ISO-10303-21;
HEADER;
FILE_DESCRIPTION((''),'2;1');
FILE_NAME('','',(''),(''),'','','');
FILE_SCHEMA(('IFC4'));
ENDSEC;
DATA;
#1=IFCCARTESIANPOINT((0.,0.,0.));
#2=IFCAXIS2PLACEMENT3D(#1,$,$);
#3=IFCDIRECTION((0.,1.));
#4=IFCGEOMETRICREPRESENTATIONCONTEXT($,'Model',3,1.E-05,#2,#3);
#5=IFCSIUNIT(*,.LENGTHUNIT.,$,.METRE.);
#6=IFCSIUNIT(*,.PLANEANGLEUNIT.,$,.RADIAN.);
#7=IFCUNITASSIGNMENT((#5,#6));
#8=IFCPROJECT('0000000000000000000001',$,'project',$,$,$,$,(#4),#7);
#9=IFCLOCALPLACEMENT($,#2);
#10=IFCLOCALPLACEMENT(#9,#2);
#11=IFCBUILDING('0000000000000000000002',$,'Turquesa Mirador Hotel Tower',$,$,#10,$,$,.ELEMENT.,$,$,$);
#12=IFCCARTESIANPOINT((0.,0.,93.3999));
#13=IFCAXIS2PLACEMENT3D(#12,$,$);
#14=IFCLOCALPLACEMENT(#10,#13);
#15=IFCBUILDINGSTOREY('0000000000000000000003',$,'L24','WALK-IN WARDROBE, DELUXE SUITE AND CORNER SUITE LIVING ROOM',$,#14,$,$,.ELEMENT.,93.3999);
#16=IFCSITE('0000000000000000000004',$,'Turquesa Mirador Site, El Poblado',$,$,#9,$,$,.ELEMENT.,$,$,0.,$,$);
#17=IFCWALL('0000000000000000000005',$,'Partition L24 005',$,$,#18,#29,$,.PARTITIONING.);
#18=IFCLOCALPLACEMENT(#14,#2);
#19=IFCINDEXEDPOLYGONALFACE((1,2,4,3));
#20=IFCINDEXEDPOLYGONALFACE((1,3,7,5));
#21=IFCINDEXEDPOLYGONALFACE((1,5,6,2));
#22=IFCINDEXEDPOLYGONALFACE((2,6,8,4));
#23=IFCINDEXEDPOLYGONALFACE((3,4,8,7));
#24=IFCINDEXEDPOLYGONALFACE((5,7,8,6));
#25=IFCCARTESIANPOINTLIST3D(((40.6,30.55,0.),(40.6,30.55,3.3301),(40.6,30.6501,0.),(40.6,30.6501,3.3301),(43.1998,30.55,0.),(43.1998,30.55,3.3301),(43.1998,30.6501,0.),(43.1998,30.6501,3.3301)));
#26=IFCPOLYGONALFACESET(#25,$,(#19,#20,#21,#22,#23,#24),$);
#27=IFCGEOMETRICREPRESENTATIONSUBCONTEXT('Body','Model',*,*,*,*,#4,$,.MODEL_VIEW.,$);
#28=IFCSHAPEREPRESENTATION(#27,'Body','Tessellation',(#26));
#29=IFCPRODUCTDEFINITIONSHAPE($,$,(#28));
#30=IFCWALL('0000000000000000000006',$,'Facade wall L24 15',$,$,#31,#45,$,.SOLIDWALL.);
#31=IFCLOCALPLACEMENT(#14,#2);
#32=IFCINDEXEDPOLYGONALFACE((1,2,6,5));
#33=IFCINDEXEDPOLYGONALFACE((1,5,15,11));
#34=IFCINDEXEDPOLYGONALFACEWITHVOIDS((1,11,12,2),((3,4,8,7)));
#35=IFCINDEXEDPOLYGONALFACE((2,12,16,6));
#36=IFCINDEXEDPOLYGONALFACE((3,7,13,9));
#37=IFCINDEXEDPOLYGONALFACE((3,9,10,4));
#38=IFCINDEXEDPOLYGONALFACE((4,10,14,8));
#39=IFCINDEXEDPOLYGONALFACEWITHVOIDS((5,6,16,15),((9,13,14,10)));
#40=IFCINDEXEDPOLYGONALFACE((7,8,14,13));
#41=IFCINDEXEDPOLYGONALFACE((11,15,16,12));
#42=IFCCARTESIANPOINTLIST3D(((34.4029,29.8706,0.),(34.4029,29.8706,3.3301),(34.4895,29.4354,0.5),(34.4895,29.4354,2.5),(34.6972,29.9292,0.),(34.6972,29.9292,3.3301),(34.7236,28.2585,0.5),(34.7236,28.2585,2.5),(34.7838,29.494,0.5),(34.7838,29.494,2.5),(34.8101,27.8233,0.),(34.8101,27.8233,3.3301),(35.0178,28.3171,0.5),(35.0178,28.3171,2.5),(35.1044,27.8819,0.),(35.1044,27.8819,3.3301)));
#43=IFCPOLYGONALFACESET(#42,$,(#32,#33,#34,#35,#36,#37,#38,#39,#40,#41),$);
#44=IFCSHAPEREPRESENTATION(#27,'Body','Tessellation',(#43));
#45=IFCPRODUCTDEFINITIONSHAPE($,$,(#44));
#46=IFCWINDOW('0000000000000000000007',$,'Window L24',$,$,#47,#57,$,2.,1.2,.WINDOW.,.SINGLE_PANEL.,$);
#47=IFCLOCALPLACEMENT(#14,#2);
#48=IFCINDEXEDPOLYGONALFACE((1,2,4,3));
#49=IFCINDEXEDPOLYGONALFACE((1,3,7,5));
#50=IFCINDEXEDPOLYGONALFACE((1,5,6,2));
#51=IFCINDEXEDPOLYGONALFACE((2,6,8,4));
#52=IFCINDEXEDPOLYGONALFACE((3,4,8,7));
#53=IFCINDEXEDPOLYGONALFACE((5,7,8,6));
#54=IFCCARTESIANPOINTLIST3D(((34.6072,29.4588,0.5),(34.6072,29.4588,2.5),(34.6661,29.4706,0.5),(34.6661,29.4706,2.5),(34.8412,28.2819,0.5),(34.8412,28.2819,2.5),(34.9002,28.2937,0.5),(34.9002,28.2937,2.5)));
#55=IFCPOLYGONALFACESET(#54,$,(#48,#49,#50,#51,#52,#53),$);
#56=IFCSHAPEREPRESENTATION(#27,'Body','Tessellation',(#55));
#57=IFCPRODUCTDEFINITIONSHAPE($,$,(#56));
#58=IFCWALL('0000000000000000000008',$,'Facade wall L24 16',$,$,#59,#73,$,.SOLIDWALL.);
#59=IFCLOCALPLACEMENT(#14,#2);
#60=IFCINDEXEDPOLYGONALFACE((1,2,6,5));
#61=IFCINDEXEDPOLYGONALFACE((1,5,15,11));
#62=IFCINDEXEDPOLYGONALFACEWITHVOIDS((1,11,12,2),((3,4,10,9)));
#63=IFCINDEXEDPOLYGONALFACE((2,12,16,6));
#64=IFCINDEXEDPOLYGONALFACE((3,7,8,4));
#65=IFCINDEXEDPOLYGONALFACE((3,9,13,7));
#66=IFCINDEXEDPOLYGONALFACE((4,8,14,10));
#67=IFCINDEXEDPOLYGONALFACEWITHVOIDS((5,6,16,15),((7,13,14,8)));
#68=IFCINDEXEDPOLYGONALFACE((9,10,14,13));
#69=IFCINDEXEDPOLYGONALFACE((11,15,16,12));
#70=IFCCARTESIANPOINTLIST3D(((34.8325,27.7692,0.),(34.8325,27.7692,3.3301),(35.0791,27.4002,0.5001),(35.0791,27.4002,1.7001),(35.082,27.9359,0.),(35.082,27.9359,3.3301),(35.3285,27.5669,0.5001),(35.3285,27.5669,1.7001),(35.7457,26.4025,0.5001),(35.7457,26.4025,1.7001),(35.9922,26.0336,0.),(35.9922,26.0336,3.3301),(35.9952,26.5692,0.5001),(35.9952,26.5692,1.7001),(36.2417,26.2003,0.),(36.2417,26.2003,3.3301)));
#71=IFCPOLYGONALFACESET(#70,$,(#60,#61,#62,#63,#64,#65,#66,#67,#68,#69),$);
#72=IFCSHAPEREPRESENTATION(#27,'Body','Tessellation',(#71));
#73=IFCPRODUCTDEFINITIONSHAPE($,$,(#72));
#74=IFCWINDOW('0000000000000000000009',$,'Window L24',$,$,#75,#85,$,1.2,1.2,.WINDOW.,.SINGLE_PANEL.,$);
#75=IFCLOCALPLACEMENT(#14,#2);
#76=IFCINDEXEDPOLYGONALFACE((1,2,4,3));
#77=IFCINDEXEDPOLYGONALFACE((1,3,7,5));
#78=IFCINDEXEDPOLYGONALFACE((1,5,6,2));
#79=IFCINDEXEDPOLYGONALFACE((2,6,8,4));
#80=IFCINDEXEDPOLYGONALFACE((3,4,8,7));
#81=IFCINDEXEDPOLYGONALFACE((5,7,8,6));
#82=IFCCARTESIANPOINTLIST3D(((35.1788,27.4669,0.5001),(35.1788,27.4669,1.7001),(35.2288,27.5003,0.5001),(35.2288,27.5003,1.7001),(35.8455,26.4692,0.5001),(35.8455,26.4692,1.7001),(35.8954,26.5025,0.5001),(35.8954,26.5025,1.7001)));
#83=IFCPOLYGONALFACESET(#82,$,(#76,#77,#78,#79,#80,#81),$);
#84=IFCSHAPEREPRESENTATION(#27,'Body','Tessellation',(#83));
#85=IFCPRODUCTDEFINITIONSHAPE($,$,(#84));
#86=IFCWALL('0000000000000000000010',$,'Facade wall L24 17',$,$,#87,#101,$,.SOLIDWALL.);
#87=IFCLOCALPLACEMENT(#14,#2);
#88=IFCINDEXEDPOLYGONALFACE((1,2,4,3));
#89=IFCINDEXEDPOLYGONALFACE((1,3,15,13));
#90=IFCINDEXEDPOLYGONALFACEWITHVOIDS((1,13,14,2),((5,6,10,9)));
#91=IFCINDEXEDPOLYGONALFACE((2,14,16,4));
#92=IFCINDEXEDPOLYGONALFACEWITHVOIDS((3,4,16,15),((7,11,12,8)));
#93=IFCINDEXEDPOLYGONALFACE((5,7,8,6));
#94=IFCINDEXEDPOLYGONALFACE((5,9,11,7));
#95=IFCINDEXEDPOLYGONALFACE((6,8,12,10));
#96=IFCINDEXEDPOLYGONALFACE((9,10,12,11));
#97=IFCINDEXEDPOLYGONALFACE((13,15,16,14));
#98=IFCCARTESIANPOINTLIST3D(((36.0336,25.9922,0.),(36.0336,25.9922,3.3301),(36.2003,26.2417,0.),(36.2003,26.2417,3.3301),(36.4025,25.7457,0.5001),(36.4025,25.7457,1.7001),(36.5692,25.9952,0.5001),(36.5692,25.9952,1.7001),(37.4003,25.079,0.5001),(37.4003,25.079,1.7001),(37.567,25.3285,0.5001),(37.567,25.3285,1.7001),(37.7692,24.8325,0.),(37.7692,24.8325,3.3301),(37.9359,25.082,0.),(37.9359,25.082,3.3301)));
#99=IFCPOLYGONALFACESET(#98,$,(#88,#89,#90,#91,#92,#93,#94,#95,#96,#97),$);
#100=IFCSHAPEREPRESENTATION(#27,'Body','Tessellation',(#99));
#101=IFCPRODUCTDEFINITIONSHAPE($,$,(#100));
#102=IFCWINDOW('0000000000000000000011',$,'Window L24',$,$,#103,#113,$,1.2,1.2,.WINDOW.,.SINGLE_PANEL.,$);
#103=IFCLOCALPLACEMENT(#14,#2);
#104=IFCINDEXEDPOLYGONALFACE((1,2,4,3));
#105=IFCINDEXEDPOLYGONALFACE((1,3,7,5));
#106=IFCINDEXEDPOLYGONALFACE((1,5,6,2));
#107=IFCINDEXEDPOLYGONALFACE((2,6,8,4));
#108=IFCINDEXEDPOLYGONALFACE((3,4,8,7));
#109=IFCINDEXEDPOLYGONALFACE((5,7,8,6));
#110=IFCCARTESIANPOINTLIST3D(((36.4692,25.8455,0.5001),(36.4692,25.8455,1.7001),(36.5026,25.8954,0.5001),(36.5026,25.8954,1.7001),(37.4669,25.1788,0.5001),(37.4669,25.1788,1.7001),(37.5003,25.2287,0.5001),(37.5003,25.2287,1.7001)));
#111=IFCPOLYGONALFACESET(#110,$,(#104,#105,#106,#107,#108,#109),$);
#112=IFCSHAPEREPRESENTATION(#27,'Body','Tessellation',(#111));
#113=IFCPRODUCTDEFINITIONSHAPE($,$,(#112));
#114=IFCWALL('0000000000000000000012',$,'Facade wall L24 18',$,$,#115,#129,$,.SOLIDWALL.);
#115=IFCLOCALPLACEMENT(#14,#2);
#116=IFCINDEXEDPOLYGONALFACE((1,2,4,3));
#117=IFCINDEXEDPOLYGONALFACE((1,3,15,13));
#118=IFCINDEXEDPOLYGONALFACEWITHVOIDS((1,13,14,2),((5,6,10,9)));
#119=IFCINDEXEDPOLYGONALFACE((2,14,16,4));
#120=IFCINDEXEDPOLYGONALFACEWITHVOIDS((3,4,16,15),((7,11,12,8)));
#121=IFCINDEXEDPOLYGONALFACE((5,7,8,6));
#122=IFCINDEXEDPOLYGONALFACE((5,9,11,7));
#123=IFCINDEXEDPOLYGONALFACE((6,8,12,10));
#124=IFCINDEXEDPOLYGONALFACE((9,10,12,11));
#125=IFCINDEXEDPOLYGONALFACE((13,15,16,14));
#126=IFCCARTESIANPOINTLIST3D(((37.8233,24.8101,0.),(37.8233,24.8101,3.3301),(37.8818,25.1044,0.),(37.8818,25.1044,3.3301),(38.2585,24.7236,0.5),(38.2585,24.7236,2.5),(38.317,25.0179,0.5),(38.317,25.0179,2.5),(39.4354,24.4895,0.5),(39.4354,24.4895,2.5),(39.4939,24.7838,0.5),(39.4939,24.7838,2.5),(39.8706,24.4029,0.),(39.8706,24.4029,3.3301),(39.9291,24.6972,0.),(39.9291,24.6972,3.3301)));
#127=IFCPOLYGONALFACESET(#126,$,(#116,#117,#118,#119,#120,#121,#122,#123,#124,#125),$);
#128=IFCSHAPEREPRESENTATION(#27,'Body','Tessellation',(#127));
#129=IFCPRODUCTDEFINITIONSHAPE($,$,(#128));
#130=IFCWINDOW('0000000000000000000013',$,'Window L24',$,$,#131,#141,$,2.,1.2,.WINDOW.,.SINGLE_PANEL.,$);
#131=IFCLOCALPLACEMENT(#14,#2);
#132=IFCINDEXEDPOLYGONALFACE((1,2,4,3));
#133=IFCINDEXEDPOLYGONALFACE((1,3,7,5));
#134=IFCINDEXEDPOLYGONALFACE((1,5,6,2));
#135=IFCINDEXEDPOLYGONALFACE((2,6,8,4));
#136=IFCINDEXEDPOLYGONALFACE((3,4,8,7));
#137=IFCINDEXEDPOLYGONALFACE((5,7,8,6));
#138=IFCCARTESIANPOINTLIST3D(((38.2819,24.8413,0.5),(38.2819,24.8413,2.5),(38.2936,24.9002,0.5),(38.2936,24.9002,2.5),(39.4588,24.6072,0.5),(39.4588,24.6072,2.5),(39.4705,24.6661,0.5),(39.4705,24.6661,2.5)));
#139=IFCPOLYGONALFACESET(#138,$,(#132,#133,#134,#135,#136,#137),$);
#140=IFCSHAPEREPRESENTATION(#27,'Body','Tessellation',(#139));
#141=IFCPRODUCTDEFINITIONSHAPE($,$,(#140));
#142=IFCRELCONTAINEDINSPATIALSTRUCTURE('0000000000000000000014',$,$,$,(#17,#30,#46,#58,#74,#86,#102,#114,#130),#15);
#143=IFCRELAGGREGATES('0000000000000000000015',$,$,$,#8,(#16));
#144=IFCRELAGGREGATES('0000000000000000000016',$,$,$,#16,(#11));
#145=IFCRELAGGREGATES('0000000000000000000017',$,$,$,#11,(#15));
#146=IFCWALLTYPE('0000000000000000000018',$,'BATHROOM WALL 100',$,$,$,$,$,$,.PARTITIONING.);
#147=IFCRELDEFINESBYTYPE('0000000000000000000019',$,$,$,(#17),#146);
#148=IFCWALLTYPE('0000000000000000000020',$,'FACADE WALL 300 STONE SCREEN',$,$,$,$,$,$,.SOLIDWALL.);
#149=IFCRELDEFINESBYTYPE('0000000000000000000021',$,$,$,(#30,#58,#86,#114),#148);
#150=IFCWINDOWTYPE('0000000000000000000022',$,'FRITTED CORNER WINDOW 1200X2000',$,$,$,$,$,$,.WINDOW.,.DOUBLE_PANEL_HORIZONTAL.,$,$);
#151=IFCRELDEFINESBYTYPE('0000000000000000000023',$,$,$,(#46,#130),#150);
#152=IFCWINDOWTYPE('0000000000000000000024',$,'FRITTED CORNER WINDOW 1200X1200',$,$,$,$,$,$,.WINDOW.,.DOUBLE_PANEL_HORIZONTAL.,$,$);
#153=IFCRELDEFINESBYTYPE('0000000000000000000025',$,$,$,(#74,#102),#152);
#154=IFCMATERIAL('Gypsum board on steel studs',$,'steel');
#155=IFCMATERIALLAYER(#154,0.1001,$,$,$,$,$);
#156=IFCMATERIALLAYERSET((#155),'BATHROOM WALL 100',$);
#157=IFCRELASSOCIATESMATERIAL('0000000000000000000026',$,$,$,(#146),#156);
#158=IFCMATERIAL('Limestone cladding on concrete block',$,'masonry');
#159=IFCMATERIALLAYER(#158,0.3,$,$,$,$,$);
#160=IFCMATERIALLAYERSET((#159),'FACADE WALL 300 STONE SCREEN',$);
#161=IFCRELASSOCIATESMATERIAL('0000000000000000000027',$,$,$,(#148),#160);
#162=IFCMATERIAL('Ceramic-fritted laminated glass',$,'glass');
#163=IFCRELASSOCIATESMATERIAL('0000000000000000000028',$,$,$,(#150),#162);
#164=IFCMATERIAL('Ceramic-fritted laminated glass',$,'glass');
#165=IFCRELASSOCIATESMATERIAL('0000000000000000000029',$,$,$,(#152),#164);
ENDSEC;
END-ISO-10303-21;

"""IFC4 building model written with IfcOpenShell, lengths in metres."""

from ifc_helpers import new_model, si_unit, direction, frame, frame_2d, origin, place, context, subcontext, project, spatial, rectangle, extrude, material, layer, layer_set, type_object, element, fill, save


model = new_model("IFC4")

# Units and contexts
model_context = context("Model", 3, precision=1e-05, world=origin(), true_north=direction((0.0, 1.0)))
body_context = subcontext(model_context, "Body", "Model", "MODEL_VIEW")
ifc_project = project(units=[si_unit("LENGTHUNIT", "METRE"), si_unit("PLANEANGLEUNIT", "RADIAN")], contexts=[model_context])

# Site, building, storey
site_placement = place(None, origin())
site = spatial("IfcSite", under=ifc_project, at=site_placement, Name="Turquesa Mirador Site, El Poblado", CompositionType="ELEMENT", RefElevation=0.0)
building_placement = place(site_placement, origin())
building = spatial("IfcBuilding", under=site, at=building_placement, Name="Turquesa Mirador Hotel Tower", CompositionType="ELEMENT")
storey_placement = place(building_placement, frame((0.0, 0.0, 93.3999)))
storey = spatial("IfcBuildingStorey", under=building, at=storey_placement, Name="L24", Description="WALK-IN WARDROBE, DELUXE SUITE AND CORNER SUITE LIVING ROOM", CompositionType="ELEMENT", Elevation=93.3999)

# Wall
ifc_material_1 = material(Name="Gypsum board on steel studs", Category="steel")
ifc_layer_1 = layer(ifc_material_1, 0.1001)
ifc_layer_set_1 = layer_set([ifc_layer_1], Name="BATHROOM WALL 100")
wall_type_1 = type_object("IfcWallType", Name="BATHROOM WALL 100", PredefinedType="PARTITIONING", material=ifc_layer_set_1)
wall_1_placement = place(storey_placement, frame((40.6001, 30.6001, 0.0), z_axis=(0.0, 0.0, 1.0), x_axis=(1.0, 0.0, 0.0)))
element("IfcWall", 1, at=wall_1_placement, inside=storey, type_object=wall_type_1, Name="Partition L24 005", PredefinedType="PARTITIONING", context=body_context, shape_type="SweptSolid", body=[
    extrude(rectangle(XDim=2.5999, YDim=0.1001, at=frame_2d((1.2998, 0.0))), origin(), (0.0, 0.0, 1.0), 3.3301),
])

# Walls, openings, windows
ifc_material_2 = material(Name="Limestone cladding on concrete block", Category="masonry")
ifc_layer_2 = layer(ifc_material_2, 0.3)
ifc_layer_set_2 = layer_set([ifc_layer_2], Name="FACADE WALL 300 STONE SCREEN")
wall_type_2 = type_object("IfcWallType", Name="FACADE WALL 300 STONE SCREEN", PredefinedType="SOLIDWALL", material=ifc_layer_set_2)
wall_2_placement = place(storey_placement, frame((34.55, 29.8999, 0.0), z_axis=(0.0, 0.0, 1.0), x_axis=(0.195081, -0.980787, 0.0)))
wall_2 = element("IfcWall", 2, at=wall_2_placement, inside=storey, type_object=wall_type_2, Name="Facade wall L24 15", PredefinedType="SOLIDWALL", context=body_context, shape_type="SweptSolid", body=[
    extrude(rectangle(XDim=2.0874, YDim=0.3, at=frame_2d((1.0437, 0.0))), origin(), (0.0, 0.0, 1.0), 3.3301),
])
opening_1_placement = place(wall_2_placement, frame((0.4436, 0.0, 0.5)))
opening_1 = element("IfcOpeningElement", 3, at=opening_1_placement, cuts=wall_2, PredefinedType="OPENING", context=body_context, shape_type="SweptSolid", body=[
    extrude(rectangle(XDim=1.2, YDim=2.0, at=frame_2d((0.6001, 1.0))), frame((0.0, 0.1599, 0.0), z_axis=(0.0, -1.0, 0.0), x_axis=(1.0, 0.0, 0.0)), (0.0, 0.0, 1.0), 0.3201),
])
ifc_material_3 = material(Name="Ceramic-fritted laminated glass", Category="glass")
window_type_1 = type_object("IfcWindowType", Name="FRITTED CORNER WINDOW 1200X2000", PartitioningType="DOUBLE_PANEL_HORIZONTAL", PredefinedType="WINDOW", material=ifc_material_3)
window_1_placement = place(opening_1_placement, origin())
window_1 = element("IfcWindow", 4, at=window_1_placement, inside=storey, type_object=window_type_1, Name="Window L24", OverallHeight=2.0, OverallWidth=1.2, PartitioningType="SINGLE_PANEL", PredefinedType="WINDOW", context=body_context, shape_type="SweptSolid", body=[
    extrude(rectangle(XDim=1.2, YDim=2.0, at=frame_2d((0.6001, 1.0))), frame((0.0, 0.03, 0.0), z_axis=(0.0, -1.0, 0.0), x_axis=(1.0, 0.0, 0.0)), (0.0, 0.0, 1.0), 0.0601),
])
fill(opening_1, window_1)
wall_3_placement = place(storey_placement, frame((34.9573, 27.8525, 0.0), z_axis=(0.0, 0.0, 1.0), x_axis=(0.555564, -0.831474, 0.0)))
wall_3 = element("IfcWall", 5, at=wall_3_placement, inside=storey, type_object=wall_type_2, Name="Facade wall L24 16", PredefinedType="SOLIDWALL", context=body_context, shape_type="SweptSolid", body=[
    extrude(rectangle(XDim=2.0874, YDim=0.3, at=frame_2d((1.0437, 0.0))), origin(), (0.0, 0.0, 1.0), 3.3301),
])
opening_2_placement = place(wall_3_placement, frame((0.4436, 0.0, 0.5)))
opening_2 = element("IfcOpeningElement", 6, at=opening_2_placement, cuts=wall_3, PredefinedType="OPENING", context=body_context, shape_type="SweptSolid", body=[
    extrude(rectangle(XDim=1.2, YDim=1.2, at=frame_2d((0.6001, 0.6001))), frame((0.0, 0.1599, 0.0), z_axis=(0.0, -1.0, 0.0), x_axis=(1.0, 0.0, 0.0)), (0.0, 0.0, 1.0), 0.3201),
])
ifc_material_4 = material(Name="Ceramic-fritted laminated glass", Category="glass")
window_type_2 = type_object("IfcWindowType", Name="FRITTED CORNER WINDOW 1200X1200", PartitioningType="DOUBLE_PANEL_HORIZONTAL", PredefinedType="WINDOW", material=ifc_material_4)
window_2_placement = place(opening_2_placement, origin())
window_2 = element("IfcWindow", 7, at=window_2_placement, inside=storey, type_object=window_type_2, Name="Window L24", OverallHeight=1.2, OverallWidth=1.2, PartitioningType="SINGLE_PANEL", PredefinedType="WINDOW", context=body_context, shape_type="SweptSolid", body=[
    extrude(rectangle(XDim=1.2, YDim=1.2, at=frame_2d((0.6001, 0.6001))), frame((0.0, 0.03, 0.0), z_axis=(0.0, -1.0, 0.0), x_axis=(1.0, 0.0, 0.0)), (0.0, 0.0, 1.0), 0.0601),
])
fill(opening_2, window_2)
wall_4_placement = place(storey_placement, frame((36.1169, 26.1169, 0.0), z_axis=(0.0, 0.0, 1.0), x_axis=(0.831474, -0.555564, 0.0)))
wall_4 = element("IfcWall", 8, at=wall_4_placement, inside=storey, type_object=wall_type_2, Name="Facade wall L24 17", PredefinedType="SOLIDWALL", context=body_context, shape_type="SweptSolid", body=[
    extrude(rectangle(XDim=2.0874, YDim=0.3, at=frame_2d((1.0437, 0.0))), origin(), (0.0, 0.0, 1.0), 3.3301),
])
opening_3_placement = place(wall_4_placement, frame((0.4436, 0.0, 0.5)))
opening_3 = element("IfcOpeningElement", 9, at=opening_3_placement, cuts=wall_4, PredefinedType="OPENING", context=body_context, shape_type="SweptSolid", body=[
    extrude(rectangle(XDim=1.2, YDim=1.2, at=frame_2d((0.6001, 0.6001))), frame((0.0, 0.1599, 0.0), z_axis=(0.0, -1.0, 0.0), x_axis=(1.0, 0.0, 0.0)), (0.0, 0.0, 1.0), 0.3201),
])
window_3_placement = place(opening_3_placement, origin())
window_3 = element("IfcWindow", 10, at=window_3_placement, inside=storey, type_object=window_type_2, Name="Window L24", OverallHeight=1.2, OverallWidth=1.2, PartitioningType="SINGLE_PANEL", PredefinedType="WINDOW", context=body_context, shape_type="SweptSolid", body=[
    extrude(rectangle(XDim=1.2, YDim=1.2, at=frame_2d((0.6001, 0.6001))), frame((0.0, 0.03, 0.0), z_axis=(0.0, -1.0, 0.0), x_axis=(1.0, 0.0, 0.0)), (0.0, 0.0, 1.0), 0.0601),
])
fill(opening_3, window_3)
wall_5_placement = place(storey_placement, frame((37.8525, 24.9573, 0.0), z_axis=(0.0, 0.0, 1.0), x_axis=(0.980787, -0.195081, 0.0)))
wall_5 = element("IfcWall", 11, at=wall_5_placement, inside=storey, type_object=wall_type_2, Name="Facade wall L24 18", PredefinedType="SOLIDWALL", context=body_context, shape_type="SweptSolid", body=[
    extrude(rectangle(XDim=2.0874, YDim=0.3, at=frame_2d((1.0437, 0.0))), origin(), (0.0, 0.0, 1.0), 3.3301),
])
opening_4_placement = place(wall_5_placement, frame((0.4436, 0.0, 0.5)))
opening_4 = element("IfcOpeningElement", 12, at=opening_4_placement, cuts=wall_5, PredefinedType="OPENING", context=body_context, shape_type="SweptSolid", body=[
    extrude(rectangle(XDim=1.2, YDim=2.0, at=frame_2d((0.6001, 1.0))), frame((0.0, 0.1599, 0.0), z_axis=(0.0, -1.0, 0.0), x_axis=(1.0, 0.0, 0.0)), (0.0, 0.0, 1.0), 0.3201),
])
window_4_placement = place(opening_4_placement, origin())
window_4 = element("IfcWindow", 13, at=window_4_placement, inside=storey, type_object=window_type_1, Name="Window L24", OverallHeight=2.0, OverallWidth=1.2, PartitioningType="SINGLE_PANEL", PredefinedType="WINDOW", context=body_context, shape_type="SweptSolid", body=[
    extrude(rectangle(XDim=1.2, YDim=2.0, at=frame_2d((0.6001, 1.0))), frame((0.0, 0.03, 0.0), z_axis=(0.0, -1.0, 0.0), x_axis=(1.0, 0.0, 0.0)), (0.0, 0.0, 1.0), 0.0601),
])
fill(opening_4, window_4)

save(model, "model.ifc")
